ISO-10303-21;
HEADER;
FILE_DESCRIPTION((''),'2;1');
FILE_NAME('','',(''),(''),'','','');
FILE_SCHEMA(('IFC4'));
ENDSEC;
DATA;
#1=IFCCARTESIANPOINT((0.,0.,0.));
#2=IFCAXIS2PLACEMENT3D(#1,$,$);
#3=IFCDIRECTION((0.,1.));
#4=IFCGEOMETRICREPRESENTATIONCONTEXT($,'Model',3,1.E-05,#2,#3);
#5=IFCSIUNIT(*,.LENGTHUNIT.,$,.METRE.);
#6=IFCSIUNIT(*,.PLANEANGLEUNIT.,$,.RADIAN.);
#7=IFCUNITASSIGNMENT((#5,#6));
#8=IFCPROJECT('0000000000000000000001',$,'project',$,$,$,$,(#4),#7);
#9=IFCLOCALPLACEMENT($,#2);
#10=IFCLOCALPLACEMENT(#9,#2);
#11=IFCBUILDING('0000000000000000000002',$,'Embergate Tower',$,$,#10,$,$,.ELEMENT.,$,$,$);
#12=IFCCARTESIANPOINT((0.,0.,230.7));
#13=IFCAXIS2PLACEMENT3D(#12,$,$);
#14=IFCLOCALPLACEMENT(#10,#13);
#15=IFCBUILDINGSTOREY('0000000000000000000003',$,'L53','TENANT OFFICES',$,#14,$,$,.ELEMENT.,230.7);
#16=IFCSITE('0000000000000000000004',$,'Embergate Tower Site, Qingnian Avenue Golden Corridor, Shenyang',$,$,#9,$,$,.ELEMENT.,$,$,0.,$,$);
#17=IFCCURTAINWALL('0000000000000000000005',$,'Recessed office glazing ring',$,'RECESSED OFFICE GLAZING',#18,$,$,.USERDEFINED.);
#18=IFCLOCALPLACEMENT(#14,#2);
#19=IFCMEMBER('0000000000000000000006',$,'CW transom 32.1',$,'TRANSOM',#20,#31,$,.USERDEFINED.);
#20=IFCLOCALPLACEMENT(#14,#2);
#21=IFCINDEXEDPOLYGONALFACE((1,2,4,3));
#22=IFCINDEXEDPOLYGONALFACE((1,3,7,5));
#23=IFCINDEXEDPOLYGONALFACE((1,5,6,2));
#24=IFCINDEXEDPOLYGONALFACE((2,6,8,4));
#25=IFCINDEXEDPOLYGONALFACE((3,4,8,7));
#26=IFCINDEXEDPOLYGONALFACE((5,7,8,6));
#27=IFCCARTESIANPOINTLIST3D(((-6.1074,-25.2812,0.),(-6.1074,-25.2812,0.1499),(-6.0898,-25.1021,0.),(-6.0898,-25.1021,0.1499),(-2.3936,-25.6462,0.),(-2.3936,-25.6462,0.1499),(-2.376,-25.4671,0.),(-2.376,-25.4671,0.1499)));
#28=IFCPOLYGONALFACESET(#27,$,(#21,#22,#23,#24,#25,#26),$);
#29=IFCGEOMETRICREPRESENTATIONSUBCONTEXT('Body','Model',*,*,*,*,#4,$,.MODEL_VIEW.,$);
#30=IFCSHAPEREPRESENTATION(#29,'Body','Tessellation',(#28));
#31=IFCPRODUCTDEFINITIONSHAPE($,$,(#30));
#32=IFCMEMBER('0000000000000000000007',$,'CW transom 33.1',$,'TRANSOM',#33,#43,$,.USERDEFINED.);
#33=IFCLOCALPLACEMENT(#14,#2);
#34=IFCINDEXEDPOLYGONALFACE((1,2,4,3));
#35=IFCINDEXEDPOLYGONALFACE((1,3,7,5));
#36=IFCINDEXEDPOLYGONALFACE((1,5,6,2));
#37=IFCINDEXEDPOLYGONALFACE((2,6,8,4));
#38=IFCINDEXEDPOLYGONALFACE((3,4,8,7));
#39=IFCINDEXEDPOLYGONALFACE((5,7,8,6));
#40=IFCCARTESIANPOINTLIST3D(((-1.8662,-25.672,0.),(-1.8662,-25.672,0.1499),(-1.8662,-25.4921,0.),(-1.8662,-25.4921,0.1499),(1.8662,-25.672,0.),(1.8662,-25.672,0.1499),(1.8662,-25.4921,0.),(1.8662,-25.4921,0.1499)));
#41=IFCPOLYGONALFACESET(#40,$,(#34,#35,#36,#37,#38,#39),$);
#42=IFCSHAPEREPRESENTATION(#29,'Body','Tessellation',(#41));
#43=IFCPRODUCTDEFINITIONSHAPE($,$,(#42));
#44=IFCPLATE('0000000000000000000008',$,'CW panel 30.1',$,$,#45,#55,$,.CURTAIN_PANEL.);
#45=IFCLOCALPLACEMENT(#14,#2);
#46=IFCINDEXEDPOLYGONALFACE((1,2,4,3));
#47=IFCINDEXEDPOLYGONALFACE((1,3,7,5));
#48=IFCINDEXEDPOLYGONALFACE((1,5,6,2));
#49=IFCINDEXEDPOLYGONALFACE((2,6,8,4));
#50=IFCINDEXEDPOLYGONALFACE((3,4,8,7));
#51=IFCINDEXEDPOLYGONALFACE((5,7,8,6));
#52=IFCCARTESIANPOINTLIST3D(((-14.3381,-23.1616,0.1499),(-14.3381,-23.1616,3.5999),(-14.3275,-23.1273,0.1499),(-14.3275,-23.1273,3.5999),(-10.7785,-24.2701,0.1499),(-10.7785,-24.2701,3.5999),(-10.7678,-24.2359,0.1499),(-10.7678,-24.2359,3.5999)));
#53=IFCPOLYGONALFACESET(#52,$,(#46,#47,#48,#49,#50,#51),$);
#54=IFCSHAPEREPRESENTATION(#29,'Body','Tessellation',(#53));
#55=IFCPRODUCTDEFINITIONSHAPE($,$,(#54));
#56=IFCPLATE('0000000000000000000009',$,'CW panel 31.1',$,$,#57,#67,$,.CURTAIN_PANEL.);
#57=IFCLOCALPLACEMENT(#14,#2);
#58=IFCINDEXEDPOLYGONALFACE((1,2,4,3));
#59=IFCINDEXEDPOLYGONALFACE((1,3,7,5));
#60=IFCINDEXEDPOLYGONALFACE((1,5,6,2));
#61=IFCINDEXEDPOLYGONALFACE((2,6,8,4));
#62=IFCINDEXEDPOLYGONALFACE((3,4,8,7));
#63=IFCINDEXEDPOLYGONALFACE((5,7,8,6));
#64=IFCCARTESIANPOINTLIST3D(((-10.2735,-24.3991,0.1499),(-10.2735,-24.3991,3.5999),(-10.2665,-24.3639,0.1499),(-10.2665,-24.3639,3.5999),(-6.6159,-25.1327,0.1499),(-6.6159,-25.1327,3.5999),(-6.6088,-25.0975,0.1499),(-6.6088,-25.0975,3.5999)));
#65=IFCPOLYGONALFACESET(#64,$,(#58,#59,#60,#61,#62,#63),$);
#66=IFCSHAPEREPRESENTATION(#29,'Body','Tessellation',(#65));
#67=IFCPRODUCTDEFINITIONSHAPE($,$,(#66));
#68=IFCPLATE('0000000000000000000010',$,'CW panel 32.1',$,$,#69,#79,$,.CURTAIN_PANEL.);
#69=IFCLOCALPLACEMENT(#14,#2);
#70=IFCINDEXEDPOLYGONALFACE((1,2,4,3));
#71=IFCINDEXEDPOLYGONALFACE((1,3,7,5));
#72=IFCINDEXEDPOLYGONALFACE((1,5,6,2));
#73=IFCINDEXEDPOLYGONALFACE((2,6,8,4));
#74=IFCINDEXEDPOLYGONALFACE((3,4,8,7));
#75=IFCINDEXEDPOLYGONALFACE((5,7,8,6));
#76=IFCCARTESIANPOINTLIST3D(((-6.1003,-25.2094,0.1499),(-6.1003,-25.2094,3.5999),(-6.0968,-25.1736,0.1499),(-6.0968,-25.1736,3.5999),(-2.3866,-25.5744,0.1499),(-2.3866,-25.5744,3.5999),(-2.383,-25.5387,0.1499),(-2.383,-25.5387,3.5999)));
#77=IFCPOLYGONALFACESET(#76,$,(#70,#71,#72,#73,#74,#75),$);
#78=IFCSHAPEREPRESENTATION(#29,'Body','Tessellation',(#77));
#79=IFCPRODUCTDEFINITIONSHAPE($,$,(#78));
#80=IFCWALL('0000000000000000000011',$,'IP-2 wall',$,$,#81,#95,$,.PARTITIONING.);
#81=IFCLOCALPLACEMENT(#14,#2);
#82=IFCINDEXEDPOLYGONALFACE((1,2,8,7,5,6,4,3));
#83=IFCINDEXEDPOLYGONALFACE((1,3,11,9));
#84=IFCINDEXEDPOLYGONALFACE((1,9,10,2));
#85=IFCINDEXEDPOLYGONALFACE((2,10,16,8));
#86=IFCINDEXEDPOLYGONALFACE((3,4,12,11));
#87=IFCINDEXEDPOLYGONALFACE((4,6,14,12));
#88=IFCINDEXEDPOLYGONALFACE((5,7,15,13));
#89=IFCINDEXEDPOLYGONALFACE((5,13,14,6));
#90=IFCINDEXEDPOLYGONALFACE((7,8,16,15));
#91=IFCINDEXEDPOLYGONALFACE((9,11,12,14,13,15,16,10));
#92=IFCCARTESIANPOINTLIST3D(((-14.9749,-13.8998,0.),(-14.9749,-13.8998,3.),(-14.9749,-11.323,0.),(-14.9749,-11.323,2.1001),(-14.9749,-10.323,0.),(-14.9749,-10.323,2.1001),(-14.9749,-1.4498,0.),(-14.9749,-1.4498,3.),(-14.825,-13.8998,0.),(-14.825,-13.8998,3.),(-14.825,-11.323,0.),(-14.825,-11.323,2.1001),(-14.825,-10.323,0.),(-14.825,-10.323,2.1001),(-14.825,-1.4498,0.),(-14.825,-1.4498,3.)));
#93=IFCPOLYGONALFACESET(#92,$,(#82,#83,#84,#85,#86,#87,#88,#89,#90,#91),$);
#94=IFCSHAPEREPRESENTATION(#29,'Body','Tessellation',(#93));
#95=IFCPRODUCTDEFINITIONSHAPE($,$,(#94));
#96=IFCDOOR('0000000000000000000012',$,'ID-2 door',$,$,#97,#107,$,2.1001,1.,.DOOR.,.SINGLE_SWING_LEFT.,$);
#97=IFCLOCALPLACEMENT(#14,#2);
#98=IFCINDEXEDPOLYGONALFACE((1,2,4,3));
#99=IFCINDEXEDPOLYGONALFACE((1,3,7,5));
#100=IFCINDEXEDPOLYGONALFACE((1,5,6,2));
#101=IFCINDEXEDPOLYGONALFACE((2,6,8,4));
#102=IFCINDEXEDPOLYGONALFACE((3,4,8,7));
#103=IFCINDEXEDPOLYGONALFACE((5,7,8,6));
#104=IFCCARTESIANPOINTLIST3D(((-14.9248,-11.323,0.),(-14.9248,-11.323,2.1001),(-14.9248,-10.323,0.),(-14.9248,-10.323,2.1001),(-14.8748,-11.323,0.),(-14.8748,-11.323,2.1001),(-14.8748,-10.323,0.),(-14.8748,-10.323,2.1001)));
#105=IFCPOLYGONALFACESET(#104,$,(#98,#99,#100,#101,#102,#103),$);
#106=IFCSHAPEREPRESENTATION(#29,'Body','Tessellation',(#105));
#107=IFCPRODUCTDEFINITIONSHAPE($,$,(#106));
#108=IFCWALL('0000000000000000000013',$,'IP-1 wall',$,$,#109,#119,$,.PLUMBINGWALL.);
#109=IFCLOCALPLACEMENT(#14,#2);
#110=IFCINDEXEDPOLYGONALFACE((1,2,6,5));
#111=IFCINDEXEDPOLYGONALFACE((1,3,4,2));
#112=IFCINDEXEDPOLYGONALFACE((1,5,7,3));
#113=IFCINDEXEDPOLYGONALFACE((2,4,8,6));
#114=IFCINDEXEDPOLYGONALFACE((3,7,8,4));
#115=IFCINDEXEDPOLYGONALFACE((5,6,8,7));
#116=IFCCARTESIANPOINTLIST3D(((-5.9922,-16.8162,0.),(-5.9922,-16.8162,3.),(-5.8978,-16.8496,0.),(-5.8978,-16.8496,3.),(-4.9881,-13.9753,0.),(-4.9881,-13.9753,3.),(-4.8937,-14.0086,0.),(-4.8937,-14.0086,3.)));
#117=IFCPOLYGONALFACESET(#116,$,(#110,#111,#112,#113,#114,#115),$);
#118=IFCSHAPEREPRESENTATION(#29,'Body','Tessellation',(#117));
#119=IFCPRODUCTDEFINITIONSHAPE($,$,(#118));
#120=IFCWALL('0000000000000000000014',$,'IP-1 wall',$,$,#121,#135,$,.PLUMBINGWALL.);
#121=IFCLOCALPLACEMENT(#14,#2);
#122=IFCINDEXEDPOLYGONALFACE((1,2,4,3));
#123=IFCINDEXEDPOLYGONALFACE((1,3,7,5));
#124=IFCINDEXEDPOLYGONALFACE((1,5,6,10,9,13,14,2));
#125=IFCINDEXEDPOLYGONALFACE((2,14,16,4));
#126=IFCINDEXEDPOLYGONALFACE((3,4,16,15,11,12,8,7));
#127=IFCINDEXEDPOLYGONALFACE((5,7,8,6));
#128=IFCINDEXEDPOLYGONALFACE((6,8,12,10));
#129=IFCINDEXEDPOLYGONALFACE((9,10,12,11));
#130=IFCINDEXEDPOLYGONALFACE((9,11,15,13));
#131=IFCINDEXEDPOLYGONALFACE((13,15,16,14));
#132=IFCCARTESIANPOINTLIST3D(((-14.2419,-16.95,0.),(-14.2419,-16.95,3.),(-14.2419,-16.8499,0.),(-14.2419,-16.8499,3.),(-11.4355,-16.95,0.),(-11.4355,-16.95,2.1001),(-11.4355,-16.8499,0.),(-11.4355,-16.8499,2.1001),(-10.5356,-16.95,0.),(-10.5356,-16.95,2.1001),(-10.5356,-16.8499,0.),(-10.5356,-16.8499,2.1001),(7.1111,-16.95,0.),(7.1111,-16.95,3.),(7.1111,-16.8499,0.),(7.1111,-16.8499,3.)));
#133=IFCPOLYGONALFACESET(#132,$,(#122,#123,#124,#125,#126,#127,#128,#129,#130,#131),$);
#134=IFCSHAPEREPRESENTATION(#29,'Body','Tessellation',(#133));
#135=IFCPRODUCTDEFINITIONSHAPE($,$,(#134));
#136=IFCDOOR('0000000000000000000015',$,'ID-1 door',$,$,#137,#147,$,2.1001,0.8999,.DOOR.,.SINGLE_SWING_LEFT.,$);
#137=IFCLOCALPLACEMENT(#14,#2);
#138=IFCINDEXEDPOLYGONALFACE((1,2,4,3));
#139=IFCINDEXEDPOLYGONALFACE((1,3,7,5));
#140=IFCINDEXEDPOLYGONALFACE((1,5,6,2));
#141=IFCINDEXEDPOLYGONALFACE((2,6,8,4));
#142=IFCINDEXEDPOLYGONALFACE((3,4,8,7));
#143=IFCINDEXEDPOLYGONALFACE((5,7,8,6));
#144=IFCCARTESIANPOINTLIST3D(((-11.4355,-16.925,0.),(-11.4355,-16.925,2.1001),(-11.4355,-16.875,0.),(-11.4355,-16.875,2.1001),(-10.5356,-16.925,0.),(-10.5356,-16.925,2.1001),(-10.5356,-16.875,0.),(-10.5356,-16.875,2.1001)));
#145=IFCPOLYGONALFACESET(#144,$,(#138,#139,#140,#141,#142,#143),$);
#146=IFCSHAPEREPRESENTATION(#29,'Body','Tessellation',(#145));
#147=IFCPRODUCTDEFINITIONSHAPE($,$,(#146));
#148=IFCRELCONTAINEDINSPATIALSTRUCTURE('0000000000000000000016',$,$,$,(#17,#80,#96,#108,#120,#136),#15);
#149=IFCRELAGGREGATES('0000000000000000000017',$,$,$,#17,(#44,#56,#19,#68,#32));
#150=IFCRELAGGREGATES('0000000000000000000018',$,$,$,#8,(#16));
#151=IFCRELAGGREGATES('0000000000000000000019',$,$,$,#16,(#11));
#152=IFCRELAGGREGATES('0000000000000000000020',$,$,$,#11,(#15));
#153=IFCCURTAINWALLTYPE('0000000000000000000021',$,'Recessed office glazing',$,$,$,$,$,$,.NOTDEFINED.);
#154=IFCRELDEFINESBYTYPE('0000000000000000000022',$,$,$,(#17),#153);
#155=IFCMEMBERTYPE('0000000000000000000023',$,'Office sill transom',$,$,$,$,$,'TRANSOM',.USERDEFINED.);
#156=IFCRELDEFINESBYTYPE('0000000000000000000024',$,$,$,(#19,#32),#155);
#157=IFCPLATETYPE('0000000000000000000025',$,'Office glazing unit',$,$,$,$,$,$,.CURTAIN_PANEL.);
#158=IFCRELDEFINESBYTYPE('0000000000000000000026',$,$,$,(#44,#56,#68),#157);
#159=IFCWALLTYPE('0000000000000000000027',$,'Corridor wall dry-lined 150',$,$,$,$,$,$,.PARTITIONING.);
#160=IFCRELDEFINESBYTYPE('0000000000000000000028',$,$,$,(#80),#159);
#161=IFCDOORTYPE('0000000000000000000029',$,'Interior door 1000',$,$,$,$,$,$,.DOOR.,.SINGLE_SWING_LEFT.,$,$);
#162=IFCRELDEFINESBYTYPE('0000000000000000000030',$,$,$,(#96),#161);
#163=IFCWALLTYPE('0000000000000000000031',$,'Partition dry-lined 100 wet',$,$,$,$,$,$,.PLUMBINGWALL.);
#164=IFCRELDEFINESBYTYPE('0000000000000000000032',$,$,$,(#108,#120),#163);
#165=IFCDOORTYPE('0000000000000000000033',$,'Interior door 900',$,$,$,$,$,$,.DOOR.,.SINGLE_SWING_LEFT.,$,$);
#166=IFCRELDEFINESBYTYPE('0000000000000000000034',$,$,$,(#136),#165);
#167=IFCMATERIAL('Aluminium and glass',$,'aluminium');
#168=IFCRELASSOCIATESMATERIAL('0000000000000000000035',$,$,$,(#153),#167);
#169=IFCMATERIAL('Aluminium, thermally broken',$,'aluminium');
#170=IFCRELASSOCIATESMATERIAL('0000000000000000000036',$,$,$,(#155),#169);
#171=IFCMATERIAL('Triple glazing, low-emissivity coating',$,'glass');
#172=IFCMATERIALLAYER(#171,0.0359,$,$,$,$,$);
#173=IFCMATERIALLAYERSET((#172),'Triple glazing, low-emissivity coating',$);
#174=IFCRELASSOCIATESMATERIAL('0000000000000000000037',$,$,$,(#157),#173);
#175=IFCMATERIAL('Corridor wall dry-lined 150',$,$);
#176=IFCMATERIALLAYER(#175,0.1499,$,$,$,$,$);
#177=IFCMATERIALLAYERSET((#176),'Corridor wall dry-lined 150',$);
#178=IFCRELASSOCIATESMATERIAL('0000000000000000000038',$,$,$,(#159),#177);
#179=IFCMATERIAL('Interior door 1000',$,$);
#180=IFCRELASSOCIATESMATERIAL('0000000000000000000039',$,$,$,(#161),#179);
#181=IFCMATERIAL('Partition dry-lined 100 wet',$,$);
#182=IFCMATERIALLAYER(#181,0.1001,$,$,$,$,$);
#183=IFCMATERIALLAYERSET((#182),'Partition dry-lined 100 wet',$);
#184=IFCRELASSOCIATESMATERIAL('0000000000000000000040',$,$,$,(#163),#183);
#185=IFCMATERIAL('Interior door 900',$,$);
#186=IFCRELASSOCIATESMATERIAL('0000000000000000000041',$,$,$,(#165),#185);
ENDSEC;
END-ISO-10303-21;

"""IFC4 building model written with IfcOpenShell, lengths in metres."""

from ifc_helpers import new_model, si_unit, direction, frame, frame_2d, origin, origin_2d, place, context, subcontext, project, spatial, rectangle, extrude, source, transform, mapped, material, layer, layer_set, material_profile, profile_set, type_object, element, fill, aggregate, save


model = new_model("IFC4")

# Units and contexts
model_context = context("Model", 3, precision=1e-05, world=origin(), true_north=direction((0.0, 1.0)))
body_context = subcontext(model_context, "Body", "Model", "MODEL_VIEW")
ifc_project = project(units=[si_unit("LENGTHUNIT", "METRE"), si_unit("PLANEANGLEUNIT", "RADIAN")], contexts=[model_context])

# Site, building, storey
site_placement = place(None, origin())
site = spatial("IfcSite", under=ifc_project, at=site_placement, Name="Embergate Tower Site, Qingnian Avenue Golden Corridor, Shenyang", CompositionType="ELEMENT", RefElevation=0.0)
building_placement = place(site_placement, origin())
building = spatial("IfcBuilding", under=site, at=building_placement, Name="Embergate Tower", CompositionType="ELEMENT")
storey_placement = place(building_placement, frame((0.0, 0.0, 230.7)))
storey = spatial("IfcBuildingStorey", under=building, at=storey_placement, Name="L53", Description="TENANT OFFICES", CompositionType="ELEMENT", Elevation=230.7)

# Curtain wall, members
ifc_material_1 = material(Name="Aluminium and glass", Category="aluminium")
curtain_wall_type = type_object("IfcCurtainWallType", Name="Recessed office glazing", PredefinedType="NOTDEFINED", material=ifc_material_1)
curtain_wall_placement = place(storey_placement, origin())
curtain_wall = element("IfcCurtainWall", 1, at=curtain_wall_placement, inside=storey, type_object=curtain_wall_type, Name="Recessed office glazing ring", ObjectType="RECESSED OFFICE GLAZING", PredefinedType="USERDEFINED")
ifc_material_2 = material(Name="Aluminium, thermally broken", Category="aluminium")
ifc_material_profile_1 = material_profile(ifc_material_2, rectangle(XDim=0.1799, YDim=0.1499, at=origin_2d()), Name="AL 150x180")
ifc_profile_set_1 = profile_set([ifc_material_profile_1], Name="Aluminium, thermally broken")
member_type_1 = type_object("IfcMemberType", Name="Office sill transom", ElementType="TRANSOM", PredefinedType="USERDEFINED", material=ifc_profile_set_1)
shared_shape_1 = source(origin(), body_context, "Body", "SweptSolid", [
    extrude(rectangle(XDim=0.1799, YDim=0.1499, at=origin_2d()), origin(), (0.0, 0.0, 1.0), 3.7317),
])
member_1_placement = place(storey_placement, frame((-6.0986, -25.1917, 0.075), z_axis=(0.995205, -0.097806, 0.0), x_axis=(0.097806, 0.995205, 0.0)))
member_1 = element("IfcMember", 2, at=member_1_placement, type_object=member_type_1, Name="CW transom 32.1", ObjectType="TRANSOM", PredefinedType="USERDEFINED", context=body_context, shape_type="MappedRepresentation", body=[
    mapped(shared_shape_1, transform((0.0, 0.0, 0.0))),
])
shared_shape_2 = source(origin(), body_context, "Body", "SweptSolid", [
    extrude(rectangle(XDim=0.1799, YDim=0.1499, at=origin_2d()), origin(), (0.0, 0.0, 1.0), 3.7324),
])
member_2_placement = place(storey_placement, frame((-1.8662, -25.582, 0.075), z_axis=(1.0, 0.0, 0.0), x_axis=(0.0, 1.0, 0.0)))
member_2 = element("IfcMember", 3, at=member_2_placement, type_object=member_type_1, Name="CW transom 33.1", ObjectType="TRANSOM", PredefinedType="USERDEFINED", context=body_context, shape_type="MappedRepresentation", body=[
    mapped(shared_shape_2, transform((0.0, 0.0, 0.0))),
])

# Plates
ifc_material_3 = material(Name="Triple glazing, low-emissivity coating", Category="glass")
ifc_layer_1 = layer(ifc_material_3, 0.0359)
ifc_layer_set_1 = layer_set([ifc_layer_1], Name="Triple glazing, low-emissivity coating")
plate_type = type_object("IfcPlateType", Name="Office glazing unit", PredefinedType="CURTAIN_PANEL", material=ifc_layer_set_1)
shared_shape_3 = source(origin(), body_context, "Body", "SweptSolid", [
    extrude(rectangle(XDim=3.7283, YDim=0.0359, at=origin_2d()), origin(), (0.0, 0.0, 1.0), 3.45),
])
plate_1_placement = place(storey_placement, frame((-12.553, -23.6987, 0.1499), z_axis=(0.0, 0.0, 1.0), x_axis=(0.954774, -0.297333, 0.0)))
plate_1 = element("IfcPlate", 4, at=plate_1_placement, type_object=plate_type, Name="CW panel 30.1", PredefinedType="CURTAIN_PANEL", context=body_context, shape_type="MappedRepresentation", body=[
    mapped(shared_shape_3, transform((0.0, 0.0, 0.0))),
])
shared_shape_4 = source(origin(), body_context, "Body", "SweptSolid", [
    extrude(rectangle(XDim=3.7305, YDim=0.0359, at=origin_2d()), origin(), (0.0, 0.0, 1.0), 3.45),
])
plate_2_placement = place(storey_placement, frame((-8.4412, -24.7483, 0.1499), z_axis=(0.0, 0.0, 1.0), x_axis=(0.980477, -0.196636, 0.0)))
plate_2 = element("IfcPlate", 5, at=plate_2_placement, type_object=plate_type, Name="CW panel 31.1", PredefinedType="CURTAIN_PANEL", context=body_context, shape_type="MappedRepresentation", body=[
    mapped(shared_shape_4, transform((0.0, 0.0, 0.0))),
])
shared_shape_5 = source(origin(), body_context, "Body", "SweptSolid", [
    extrude(rectangle(XDim=3.7317, YDim=0.0359, at=origin_2d()), origin(), (0.0, 0.0, 1.0), 3.45),
])
plate_3_placement = place(storey_placement, frame((-4.2417, -25.374, 0.1499), z_axis=(0.0, 0.0, 1.0), x_axis=(0.995203, -0.097828, 0.0)))
plate_3 = element("IfcPlate", 6, at=plate_3_placement, type_object=plate_type, Name="CW panel 32.1", PredefinedType="CURTAIN_PANEL", context=body_context, shape_type="MappedRepresentation", body=[
    mapped(shared_shape_5, transform((0.0, 0.0, 0.0))),
])
aggregate(curtain_wall, [plate_1, plate_2, member_1, plate_3, member_2])

# Wall, opening, door
ifc_material_4 = material(Name="Corridor wall dry-lined 150")
ifc_layer_2 = layer(ifc_material_4, 0.1499)
ifc_layer_set_2 = layer_set([ifc_layer_2], Name="Corridor wall dry-lined 150")
wall_type_1 = type_object("IfcWallType", Name="Corridor wall dry-lined 150", PredefinedType="PARTITIONING", material=ifc_layer_set_2)
shared_shape_6 = source(origin(), body_context, "Body", "SweptSolid", [
    extrude(rectangle(XDim=12.45, YDim=0.1499, at=frame_2d((6.2251, 0.0))), origin(), (0.0, 0.0, 1.0), 3.0),
])
wall_1_placement = place(storey_placement, frame((-14.8999, -13.8999, 0.0), z_axis=(0.0, 0.0, 1.0), x_axis=(0.0, 1.0, 0.0)))
wall_1 = element("IfcWall", 7, at=wall_1_placement, inside=storey, type_object=wall_type_1, Name="IP-2 wall", PredefinedType="PARTITIONING", context=body_context, shape_type="MappedRepresentation", body=[
    mapped(shared_shape_6, transform((0.0, 0.0, 0.0))),
])
shared_shape_7 = source(origin(), body_context, "Body", "SweptSolid", [
    extrude(rectangle(XDim=1.0, YDim=2.1001, at=frame_2d((0.5, 1.05))), frame((0.0, 0.085, 0.0), z_axis=(0.0, -1.0, 0.0), x_axis=(1.0, 0.0, 0.0)), (0.0, 0.0, 1.0), 0.1699),
])
opening_1_placement = place(wall_1_placement, frame((2.5769, 0.0, 0.0)))
opening_1 = element("IfcOpeningElement", 8, at=opening_1_placement, cuts=wall_1, PredefinedType="OPENING", context=body_context, shape_type="MappedRepresentation", body=[
    mapped(shared_shape_7, transform((0.0, 0.0, 0.0))),
])
ifc_material_5 = material(Name="Interior door 1000")
door_type_1 = type_object("IfcDoorType", Name="Interior door 1000", OperationType="SINGLE_SWING_LEFT", PredefinedType="DOOR", material=ifc_material_5)
shared_shape_8 = source(origin(), body_context, "Body", "SweptSolid", [
    extrude(rectangle(XDim=1.0, YDim=2.1001, at=frame_2d((0.5, 1.05))), frame((0.0, 0.0249, 0.0), z_axis=(0.0, -1.0, 0.0), x_axis=(1.0, 0.0, 0.0)), (0.0, 0.0, 1.0), 0.05),
])
door_1_placement = place(opening_1_placement, origin())
door_1 = element("IfcDoor", 9, at=door_1_placement, inside=storey, type_object=door_type_1, Name="ID-2 door", OperationType="SINGLE_SWING_LEFT", OverallHeight=2.1001, OverallWidth=1.0, PredefinedType="DOOR", context=body_context, shape_type="MappedRepresentation", body=[
    mapped(shared_shape_8, transform((0.0, 0.0, 0.0))),
])
fill(opening_1, door_1)

# Wall
ifc_material_6 = material(Name="Partition dry-lined 100 wet")
ifc_layer_3 = layer(ifc_material_6, 0.1001)
ifc_layer_set_3 = layer_set([ifc_layer_3], Name="Partition dry-lined 100 wet")
wall_type_2 = type_object("IfcWallType", Name="Partition dry-lined 100 wet", PredefinedType="PLUMBINGWALL", material=ifc_layer_set_3)
shared_shape_9 = source(origin(), body_context, "Body", "SweptSolid", [
    extrude(rectangle(XDim=3.0132, YDim=0.1001, at=frame_2d((1.5066, 0.0))), origin(), (0.0, 0.0, 1.0), 3.0),
])
wall_2_placement = place(storey_placement, frame((-4.9409, -13.9919, 0.0), z_axis=(0.0, 0.0, 1.0), x_axis=(-0.33324, -0.942842, 0.0)))
element("IfcWall", 10, at=wall_2_placement, inside=storey, type_object=wall_type_2, Name="IP-1 wall", PredefinedType="PLUMBINGWALL", context=body_context, shape_type="MappedRepresentation", body=[
    mapped(shared_shape_9, transform((0.0, 0.0, 0.0))),
])

# Wall, opening, door
shared_shape_10 = source(origin(), body_context, "Body", "SweptSolid", [
    extrude(rectangle(XDim=21.353, YDim=0.1001, at=frame_2d((10.6765, 0.0))), origin(), (0.0, 0.0, 1.0), 3.0),
])
wall_3_placement = place(storey_placement, frame((-14.2419, -16.8999, 0.0), z_axis=(0.0, 0.0, 1.0), x_axis=(1.0, 0.0, 0.0)))
wall_3 = element("IfcWall", 11, at=wall_3_placement, inside=storey, type_object=wall_type_2, Name="IP-1 wall", PredefinedType="PLUMBINGWALL", context=body_context, shape_type="MappedRepresentation", body=[
    mapped(shared_shape_10, transform((0.0, 0.0, 0.0))),
])
shared_shape_11 = source(origin(), body_context, "Body", "SweptSolid", [
    extrude(rectangle(XDim=0.8999, YDim=2.1001, at=frame_2d((0.45, 1.05))), frame((0.0, 0.0601, 0.0), z_axis=(0.0, -1.0, 0.0), x_axis=(1.0, 0.0, 0.0)), (0.0, 0.0, 1.0), 0.1201),
])
opening_2_placement = place(wall_3_placement, frame((2.8064, 0.0, 0.0)))
opening_2 = element("IfcOpeningElement", 12, at=opening_2_placement, cuts=wall_3, PredefinedType="OPENING", context=body_context, shape_type="MappedRepresentation", body=[
    mapped(shared_shape_11, transform((0.0, 0.0, 0.0))),
])
ifc_material_7 = material(Name="Interior door 900")
door_type_2 = type_object("IfcDoorType", Name="Interior door 900", OperationType="SINGLE_SWING_LEFT", PredefinedType="DOOR", material=ifc_material_7)
shared_shape_12 = source(origin(), body_context, "Body", "SweptSolid", [
    extrude(rectangle(XDim=0.8999, YDim=2.1001, at=frame_2d((0.45, 1.05))), frame((0.0, 0.0249, 0.0), z_axis=(0.0, -1.0, 0.0), x_axis=(1.0, 0.0, 0.0)), (0.0, 0.0, 1.0), 0.05),
])
door_2_placement = place(opening_2_placement, origin())
door_2 = element("IfcDoor", 13, at=door_2_placement, inside=storey, type_object=door_type_2, Name="ID-1 door", OperationType="SINGLE_SWING_LEFT", OverallHeight=2.1001, OverallWidth=0.8999, PredefinedType="DOOR", context=body_context, shape_type="MappedRepresentation", body=[
    mapped(shared_shape_12, transform((0.0, 0.0, 0.0))),
])
fill(opening_2, door_2)

save(model, "model.ifc")
